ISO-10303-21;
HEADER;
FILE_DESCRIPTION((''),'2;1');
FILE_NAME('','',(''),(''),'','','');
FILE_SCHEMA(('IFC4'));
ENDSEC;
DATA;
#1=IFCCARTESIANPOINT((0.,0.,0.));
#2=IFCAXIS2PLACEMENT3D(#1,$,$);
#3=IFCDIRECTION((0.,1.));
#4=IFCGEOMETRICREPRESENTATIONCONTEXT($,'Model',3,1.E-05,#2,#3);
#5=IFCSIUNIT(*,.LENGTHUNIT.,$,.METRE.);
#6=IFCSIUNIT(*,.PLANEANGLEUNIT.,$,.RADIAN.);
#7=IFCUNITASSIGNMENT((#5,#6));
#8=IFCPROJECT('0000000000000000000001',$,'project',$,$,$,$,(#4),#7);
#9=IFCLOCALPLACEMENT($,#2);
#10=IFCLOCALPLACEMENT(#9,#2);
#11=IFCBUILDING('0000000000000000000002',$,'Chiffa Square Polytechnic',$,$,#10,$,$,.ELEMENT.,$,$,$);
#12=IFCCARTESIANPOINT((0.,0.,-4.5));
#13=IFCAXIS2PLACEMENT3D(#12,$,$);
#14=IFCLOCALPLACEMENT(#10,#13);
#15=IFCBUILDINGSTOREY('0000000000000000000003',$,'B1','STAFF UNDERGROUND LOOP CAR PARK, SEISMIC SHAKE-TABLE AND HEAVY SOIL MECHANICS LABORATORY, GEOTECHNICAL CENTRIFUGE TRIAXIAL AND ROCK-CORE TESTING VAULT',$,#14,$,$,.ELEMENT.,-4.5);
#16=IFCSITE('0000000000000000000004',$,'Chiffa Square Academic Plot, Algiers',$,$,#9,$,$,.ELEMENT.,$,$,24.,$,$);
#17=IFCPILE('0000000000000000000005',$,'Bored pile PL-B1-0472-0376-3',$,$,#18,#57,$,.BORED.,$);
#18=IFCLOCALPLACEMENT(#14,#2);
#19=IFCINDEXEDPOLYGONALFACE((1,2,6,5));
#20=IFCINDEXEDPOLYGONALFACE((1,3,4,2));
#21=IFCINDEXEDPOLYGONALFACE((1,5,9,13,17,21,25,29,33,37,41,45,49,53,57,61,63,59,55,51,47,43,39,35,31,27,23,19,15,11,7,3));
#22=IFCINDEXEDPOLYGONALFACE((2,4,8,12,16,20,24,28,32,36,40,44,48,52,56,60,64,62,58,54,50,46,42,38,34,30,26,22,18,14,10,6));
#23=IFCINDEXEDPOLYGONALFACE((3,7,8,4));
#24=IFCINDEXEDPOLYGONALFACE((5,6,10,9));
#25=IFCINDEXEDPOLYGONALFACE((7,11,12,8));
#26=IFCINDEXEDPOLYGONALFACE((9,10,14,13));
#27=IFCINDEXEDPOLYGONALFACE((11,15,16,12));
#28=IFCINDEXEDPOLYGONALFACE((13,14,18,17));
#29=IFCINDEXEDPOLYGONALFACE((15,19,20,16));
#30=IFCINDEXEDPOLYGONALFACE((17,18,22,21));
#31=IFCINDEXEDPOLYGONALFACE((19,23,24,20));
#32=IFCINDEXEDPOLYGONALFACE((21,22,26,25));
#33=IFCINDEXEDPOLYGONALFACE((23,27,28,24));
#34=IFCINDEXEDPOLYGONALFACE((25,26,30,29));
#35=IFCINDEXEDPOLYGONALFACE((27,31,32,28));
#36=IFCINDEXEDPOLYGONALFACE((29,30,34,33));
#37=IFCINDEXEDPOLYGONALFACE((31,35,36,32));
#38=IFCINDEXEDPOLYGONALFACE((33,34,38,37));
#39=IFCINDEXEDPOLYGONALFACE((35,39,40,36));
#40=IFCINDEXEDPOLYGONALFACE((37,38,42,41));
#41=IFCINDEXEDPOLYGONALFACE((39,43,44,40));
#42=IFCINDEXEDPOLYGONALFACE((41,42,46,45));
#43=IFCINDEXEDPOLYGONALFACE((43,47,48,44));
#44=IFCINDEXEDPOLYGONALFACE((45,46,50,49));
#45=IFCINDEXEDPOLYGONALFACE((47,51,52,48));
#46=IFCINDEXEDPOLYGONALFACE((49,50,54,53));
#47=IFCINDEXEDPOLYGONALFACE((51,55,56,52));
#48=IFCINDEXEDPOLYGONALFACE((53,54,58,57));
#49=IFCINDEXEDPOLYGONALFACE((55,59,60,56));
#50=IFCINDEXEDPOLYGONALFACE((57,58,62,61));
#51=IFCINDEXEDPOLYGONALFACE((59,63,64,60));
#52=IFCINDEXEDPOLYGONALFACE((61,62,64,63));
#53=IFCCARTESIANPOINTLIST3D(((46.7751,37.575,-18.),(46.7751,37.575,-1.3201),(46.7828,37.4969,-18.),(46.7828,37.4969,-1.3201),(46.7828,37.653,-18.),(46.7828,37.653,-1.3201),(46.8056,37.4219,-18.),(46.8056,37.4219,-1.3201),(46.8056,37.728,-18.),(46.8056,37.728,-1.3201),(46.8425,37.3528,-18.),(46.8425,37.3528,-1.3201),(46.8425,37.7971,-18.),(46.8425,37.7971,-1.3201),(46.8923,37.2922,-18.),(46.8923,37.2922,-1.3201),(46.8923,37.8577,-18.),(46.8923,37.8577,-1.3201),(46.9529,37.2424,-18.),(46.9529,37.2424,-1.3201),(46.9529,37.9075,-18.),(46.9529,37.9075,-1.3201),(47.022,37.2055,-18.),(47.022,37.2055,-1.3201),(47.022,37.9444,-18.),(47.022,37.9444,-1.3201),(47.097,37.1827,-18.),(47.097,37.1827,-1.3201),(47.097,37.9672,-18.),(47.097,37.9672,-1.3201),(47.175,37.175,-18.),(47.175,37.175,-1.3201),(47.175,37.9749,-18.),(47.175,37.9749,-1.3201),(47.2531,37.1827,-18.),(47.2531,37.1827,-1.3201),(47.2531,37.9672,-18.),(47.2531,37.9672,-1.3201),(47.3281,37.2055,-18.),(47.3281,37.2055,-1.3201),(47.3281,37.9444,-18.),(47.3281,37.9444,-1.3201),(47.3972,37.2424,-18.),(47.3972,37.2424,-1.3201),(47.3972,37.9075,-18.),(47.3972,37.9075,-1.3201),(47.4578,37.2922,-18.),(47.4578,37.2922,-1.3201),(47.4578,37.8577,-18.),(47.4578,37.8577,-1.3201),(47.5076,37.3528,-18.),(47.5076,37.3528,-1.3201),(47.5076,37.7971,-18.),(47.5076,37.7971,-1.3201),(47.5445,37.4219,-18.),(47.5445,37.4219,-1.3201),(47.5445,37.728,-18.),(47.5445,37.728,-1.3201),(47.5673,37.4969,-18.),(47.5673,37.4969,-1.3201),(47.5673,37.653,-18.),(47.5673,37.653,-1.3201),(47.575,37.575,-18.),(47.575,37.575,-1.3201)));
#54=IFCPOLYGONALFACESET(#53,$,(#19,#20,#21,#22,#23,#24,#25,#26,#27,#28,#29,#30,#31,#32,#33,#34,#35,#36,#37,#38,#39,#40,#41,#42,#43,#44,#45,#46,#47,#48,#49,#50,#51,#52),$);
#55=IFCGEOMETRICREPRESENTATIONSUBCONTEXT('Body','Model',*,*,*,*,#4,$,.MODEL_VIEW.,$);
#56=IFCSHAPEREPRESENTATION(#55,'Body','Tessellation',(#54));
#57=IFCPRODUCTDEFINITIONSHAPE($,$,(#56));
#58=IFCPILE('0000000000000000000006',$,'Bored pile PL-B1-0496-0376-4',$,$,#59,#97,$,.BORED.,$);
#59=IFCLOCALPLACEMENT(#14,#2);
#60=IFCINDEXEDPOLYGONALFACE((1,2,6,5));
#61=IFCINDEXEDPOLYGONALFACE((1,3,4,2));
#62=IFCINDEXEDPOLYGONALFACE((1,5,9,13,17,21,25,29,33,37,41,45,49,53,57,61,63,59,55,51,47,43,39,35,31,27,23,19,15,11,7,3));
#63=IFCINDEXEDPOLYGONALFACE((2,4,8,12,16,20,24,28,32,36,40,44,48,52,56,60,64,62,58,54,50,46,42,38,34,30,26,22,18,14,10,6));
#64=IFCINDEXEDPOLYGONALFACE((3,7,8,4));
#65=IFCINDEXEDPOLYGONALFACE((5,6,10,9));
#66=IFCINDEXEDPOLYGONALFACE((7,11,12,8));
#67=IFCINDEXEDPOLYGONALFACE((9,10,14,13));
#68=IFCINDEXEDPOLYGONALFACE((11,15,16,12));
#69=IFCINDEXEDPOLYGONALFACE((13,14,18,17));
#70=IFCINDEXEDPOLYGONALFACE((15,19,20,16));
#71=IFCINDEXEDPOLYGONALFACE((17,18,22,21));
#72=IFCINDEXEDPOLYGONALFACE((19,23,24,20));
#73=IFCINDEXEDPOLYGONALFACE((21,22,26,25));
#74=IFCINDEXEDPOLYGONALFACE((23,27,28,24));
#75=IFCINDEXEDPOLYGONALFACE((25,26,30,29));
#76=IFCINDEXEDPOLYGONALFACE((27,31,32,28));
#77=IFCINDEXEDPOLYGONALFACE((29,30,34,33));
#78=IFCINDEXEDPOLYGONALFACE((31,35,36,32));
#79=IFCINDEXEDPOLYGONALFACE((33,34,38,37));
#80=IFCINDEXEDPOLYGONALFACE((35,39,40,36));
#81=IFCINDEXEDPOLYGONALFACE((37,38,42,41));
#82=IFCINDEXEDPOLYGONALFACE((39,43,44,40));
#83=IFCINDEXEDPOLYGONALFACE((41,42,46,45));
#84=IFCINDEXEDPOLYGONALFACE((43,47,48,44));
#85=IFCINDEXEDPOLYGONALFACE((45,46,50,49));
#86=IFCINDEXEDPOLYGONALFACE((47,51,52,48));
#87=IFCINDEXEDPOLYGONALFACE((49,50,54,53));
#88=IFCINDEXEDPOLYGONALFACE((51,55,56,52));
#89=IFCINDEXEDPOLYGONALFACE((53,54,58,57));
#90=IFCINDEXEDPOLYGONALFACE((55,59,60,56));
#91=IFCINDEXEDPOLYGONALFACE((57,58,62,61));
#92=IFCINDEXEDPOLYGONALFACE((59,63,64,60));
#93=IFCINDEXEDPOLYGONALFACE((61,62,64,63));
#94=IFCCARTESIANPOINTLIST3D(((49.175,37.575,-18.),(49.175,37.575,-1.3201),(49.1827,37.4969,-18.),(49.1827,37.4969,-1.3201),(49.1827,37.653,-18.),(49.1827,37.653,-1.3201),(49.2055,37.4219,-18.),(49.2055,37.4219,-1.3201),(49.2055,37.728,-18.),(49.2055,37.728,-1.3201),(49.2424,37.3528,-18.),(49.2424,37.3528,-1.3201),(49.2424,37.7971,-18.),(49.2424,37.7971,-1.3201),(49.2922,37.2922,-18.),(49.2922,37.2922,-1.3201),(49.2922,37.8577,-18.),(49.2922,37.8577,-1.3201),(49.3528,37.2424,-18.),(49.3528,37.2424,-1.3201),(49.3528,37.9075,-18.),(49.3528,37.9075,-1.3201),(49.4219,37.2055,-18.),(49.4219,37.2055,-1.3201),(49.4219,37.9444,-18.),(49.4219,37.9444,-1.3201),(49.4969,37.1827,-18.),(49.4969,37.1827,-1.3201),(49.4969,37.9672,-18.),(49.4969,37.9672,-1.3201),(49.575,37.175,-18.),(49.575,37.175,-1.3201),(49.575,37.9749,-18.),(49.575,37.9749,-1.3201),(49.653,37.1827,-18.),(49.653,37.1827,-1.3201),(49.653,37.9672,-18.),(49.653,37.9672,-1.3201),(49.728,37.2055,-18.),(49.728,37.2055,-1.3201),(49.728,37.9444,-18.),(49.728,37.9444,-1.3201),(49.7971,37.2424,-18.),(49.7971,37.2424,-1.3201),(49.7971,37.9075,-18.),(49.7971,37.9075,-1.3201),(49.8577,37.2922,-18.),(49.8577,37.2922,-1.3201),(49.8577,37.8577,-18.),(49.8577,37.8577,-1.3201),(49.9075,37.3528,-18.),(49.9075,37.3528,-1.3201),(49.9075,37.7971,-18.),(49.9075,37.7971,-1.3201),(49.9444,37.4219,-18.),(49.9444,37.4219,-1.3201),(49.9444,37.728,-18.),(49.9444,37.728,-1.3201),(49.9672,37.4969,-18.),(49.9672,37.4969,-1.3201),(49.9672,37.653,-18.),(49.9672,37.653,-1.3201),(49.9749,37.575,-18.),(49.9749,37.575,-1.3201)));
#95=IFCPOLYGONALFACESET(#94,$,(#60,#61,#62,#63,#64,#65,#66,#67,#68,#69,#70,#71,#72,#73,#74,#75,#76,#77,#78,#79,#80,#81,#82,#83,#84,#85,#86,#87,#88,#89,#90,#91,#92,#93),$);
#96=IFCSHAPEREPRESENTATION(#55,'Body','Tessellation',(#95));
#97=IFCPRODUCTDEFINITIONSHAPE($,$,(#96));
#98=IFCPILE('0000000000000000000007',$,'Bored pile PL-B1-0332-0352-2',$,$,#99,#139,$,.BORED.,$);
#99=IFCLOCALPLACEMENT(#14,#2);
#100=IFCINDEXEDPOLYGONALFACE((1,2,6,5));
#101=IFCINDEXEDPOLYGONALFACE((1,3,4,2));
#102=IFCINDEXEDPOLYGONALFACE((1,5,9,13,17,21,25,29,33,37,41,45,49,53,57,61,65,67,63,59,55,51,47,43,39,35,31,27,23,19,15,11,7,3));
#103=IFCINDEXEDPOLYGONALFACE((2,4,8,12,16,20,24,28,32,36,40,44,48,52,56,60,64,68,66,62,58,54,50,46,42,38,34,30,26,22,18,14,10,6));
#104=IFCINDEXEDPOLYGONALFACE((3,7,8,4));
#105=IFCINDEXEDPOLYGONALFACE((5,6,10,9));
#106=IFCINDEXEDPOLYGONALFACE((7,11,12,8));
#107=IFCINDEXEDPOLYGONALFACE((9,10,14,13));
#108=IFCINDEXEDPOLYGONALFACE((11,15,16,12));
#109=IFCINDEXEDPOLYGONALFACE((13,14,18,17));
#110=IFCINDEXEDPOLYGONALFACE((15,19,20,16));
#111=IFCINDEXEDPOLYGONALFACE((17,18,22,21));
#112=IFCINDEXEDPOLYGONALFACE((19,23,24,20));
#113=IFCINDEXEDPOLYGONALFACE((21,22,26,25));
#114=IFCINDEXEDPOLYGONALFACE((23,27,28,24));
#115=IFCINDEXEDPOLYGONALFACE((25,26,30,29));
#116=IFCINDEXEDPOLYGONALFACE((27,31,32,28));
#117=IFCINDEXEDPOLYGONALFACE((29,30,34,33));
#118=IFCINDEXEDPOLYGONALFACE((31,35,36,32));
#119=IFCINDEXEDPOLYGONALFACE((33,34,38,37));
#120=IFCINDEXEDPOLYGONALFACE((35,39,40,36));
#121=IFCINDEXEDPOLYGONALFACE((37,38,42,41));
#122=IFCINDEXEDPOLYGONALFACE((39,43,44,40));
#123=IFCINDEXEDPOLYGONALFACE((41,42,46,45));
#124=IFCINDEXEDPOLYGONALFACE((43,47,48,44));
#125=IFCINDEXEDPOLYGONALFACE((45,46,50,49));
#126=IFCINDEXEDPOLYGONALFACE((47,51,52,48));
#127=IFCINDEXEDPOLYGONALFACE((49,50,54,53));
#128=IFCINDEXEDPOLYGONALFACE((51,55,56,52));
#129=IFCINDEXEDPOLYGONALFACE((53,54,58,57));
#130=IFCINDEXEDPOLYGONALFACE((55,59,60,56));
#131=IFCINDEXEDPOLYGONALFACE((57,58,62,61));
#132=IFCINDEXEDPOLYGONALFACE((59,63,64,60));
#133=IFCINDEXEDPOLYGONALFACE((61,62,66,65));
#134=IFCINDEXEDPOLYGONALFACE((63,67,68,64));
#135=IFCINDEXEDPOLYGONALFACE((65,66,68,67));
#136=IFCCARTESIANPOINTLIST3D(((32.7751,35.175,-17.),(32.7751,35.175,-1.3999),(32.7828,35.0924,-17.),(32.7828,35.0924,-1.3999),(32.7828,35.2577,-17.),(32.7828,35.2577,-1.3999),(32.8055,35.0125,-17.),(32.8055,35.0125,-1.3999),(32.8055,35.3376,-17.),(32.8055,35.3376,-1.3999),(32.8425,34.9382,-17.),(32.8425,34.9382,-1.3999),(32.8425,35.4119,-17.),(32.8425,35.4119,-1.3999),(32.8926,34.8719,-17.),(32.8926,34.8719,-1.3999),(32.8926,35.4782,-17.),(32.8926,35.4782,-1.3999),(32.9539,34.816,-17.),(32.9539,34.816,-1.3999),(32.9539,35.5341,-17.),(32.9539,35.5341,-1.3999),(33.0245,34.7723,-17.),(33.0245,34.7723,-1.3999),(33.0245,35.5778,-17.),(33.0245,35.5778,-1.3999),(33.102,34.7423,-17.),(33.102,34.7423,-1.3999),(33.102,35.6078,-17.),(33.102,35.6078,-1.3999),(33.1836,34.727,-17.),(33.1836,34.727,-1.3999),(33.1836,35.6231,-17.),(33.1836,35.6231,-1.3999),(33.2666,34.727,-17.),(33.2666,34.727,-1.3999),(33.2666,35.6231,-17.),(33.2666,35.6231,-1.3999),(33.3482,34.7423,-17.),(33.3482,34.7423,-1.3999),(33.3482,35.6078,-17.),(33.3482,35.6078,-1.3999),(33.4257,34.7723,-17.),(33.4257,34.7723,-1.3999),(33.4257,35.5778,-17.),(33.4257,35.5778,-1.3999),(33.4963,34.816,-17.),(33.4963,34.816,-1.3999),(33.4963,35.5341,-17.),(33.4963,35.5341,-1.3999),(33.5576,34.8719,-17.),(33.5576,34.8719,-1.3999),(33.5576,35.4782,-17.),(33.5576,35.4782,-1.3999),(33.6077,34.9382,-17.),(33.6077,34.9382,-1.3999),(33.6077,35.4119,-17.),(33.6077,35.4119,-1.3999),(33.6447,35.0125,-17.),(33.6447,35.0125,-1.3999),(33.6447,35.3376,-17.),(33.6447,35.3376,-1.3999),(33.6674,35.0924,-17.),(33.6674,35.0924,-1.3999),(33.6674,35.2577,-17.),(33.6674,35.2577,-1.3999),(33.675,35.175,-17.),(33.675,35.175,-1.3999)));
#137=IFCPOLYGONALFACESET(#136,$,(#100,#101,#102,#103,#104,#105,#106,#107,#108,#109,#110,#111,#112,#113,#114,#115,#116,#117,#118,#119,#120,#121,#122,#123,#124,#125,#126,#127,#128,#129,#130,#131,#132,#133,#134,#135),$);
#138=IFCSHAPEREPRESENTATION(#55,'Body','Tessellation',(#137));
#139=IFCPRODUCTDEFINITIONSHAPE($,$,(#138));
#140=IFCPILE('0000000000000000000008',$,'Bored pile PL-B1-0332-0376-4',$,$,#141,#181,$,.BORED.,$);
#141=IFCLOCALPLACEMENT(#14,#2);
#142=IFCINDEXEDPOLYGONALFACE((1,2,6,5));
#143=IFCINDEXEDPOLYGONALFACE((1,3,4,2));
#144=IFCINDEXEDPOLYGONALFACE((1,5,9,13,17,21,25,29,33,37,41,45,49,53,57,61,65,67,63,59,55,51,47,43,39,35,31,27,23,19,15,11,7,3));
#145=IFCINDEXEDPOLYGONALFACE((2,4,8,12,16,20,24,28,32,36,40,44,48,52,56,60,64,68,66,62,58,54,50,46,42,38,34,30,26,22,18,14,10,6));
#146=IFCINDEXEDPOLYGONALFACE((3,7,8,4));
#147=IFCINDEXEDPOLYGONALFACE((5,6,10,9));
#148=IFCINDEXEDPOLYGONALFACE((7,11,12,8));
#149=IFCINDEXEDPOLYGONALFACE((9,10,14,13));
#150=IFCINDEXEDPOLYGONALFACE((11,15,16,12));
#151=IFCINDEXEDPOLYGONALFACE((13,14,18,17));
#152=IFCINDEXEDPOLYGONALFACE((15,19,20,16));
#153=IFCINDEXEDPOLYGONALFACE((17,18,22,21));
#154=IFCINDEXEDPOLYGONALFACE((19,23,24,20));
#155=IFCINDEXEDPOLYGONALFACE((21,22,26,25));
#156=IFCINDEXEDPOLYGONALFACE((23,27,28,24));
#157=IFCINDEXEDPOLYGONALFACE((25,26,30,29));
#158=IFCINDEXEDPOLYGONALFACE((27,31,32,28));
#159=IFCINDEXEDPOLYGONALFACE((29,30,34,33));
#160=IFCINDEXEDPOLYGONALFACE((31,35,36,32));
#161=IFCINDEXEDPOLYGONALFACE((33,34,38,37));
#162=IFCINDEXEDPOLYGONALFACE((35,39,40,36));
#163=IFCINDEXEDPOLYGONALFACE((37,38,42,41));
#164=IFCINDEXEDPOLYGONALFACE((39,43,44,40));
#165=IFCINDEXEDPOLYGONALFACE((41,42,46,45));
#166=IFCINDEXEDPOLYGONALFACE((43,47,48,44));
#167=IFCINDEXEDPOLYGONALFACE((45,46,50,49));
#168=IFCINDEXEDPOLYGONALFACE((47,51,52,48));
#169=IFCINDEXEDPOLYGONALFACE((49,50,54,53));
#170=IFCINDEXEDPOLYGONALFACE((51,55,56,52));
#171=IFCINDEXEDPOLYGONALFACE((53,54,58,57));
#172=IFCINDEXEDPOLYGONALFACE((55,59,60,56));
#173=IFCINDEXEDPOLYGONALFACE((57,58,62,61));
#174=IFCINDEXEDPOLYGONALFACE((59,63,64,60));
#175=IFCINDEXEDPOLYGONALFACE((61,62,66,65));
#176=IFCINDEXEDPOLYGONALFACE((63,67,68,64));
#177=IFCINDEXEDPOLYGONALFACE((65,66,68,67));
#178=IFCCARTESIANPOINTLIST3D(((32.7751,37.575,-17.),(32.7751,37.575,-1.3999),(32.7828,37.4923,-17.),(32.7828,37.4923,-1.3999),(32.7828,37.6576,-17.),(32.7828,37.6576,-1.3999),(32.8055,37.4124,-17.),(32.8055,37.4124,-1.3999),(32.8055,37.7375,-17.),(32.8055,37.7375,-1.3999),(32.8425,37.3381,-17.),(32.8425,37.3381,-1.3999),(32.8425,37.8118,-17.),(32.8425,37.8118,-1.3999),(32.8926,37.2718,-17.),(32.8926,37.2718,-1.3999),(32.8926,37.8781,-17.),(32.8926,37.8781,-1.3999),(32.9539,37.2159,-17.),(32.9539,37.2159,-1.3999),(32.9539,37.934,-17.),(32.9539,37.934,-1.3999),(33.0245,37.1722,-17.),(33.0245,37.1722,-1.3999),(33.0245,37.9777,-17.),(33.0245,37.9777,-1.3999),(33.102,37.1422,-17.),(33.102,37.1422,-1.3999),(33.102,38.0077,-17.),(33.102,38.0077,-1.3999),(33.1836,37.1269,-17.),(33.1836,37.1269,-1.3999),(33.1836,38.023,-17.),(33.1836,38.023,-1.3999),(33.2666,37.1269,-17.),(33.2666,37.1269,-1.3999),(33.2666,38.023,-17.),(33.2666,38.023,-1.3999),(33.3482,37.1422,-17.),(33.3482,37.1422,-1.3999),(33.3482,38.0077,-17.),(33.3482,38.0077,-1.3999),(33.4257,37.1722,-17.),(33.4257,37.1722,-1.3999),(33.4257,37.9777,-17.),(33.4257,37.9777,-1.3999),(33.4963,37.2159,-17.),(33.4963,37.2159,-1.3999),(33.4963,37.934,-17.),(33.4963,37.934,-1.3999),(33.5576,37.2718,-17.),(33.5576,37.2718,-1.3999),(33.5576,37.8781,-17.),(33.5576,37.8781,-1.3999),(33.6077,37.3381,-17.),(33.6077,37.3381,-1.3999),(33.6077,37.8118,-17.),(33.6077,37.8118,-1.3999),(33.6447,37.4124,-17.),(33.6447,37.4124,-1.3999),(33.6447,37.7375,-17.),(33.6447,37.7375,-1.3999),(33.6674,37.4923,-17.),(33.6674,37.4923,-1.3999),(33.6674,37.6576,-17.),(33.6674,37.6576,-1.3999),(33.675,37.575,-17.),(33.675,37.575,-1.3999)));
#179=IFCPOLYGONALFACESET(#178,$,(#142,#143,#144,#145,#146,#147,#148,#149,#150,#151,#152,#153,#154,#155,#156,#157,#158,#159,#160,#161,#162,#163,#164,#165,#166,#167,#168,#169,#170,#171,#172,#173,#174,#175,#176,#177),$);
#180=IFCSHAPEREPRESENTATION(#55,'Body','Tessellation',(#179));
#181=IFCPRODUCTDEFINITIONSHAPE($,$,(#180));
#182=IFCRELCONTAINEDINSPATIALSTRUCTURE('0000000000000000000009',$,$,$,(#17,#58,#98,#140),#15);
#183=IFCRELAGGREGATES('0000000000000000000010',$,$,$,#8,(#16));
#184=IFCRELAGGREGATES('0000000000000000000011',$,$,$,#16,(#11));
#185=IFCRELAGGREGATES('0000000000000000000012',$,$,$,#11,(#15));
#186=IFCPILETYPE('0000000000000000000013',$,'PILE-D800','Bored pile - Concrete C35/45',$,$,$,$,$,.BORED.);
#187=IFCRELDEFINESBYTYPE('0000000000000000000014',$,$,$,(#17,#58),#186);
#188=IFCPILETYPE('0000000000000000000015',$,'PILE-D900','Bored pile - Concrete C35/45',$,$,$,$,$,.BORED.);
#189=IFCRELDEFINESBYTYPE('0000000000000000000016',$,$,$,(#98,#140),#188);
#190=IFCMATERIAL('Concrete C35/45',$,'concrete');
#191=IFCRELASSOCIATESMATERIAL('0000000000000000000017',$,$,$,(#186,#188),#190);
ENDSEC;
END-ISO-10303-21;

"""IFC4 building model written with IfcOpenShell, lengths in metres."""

from ifc_helpers import new_model, si_unit, direction, frame, origin, origin_2d, place, context, subcontext, project, spatial, circle, extrude, material, material_profile, profile_set, type_object, element, save


model = new_model("IFC4")

# Units and contexts
model_context = context("Model", 3, precision=1e-05, world=origin(), true_north=direction((0.0, 1.0)))
body_context = subcontext(model_context, "Body", "Model", "MODEL_VIEW")
ifc_project = project(units=[si_unit("LENGTHUNIT", "METRE"), si_unit("PLANEANGLEUNIT", "RADIAN")], contexts=[model_context])

# Site, building, storey
site_placement = place(None, origin())
site = spatial("IfcSite", under=ifc_project, at=site_placement, Name="Chiffa Square Academic Plot, Algiers", CompositionType="ELEMENT", RefElevation=24.0)
building_placement = place(site_placement, origin())
building = spatial("IfcBuilding", under=site, at=building_placement, Name="Chiffa Square Polytechnic", CompositionType="ELEMENT")
storey_placement = place(building_placement, frame((0.0, 0.0, -4.5)))
storey = spatial("IfcBuildingStorey", under=building, at=storey_placement, Name="B1", Description="STAFF UNDERGROUND LOOP CAR PARK, SEISMIC SHAKE-TABLE AND HEAVY SOIL MECHANICS LABORATORY, GEOTECHNICAL CENTRIFUGE TRIAXIAL AND ROCK-CORE TESTING VAULT", CompositionType="ELEMENT", Elevation=-4.5)

# Shared definitions
ifc_material = material(Name="Concrete C35/45", Category="concrete")

# Piles
ifc_material_profile_1 = material_profile(ifc_material, circle(Radius=0.3999, at=origin_2d()), Name="PILE D800")
ifc_profile_set_1 = profile_set([ifc_material_profile_1], Name="Concrete C35/45")
pile_type_1 = type_object("IfcPileType", Name="PILE-D800", Description="Bored pile - Concrete C35/45", PredefinedType="BORED", material=ifc_profile_set_1)
for number, where, z_axis, x_axis, name in (
    (1, (47.175, 37.575, -1.3201), (0.0, 0.0, -1.0), (1.0, 0.0, 0.0), "Bored pile PL-B1-0472-0376-3"),
    (2, (49.575, 37.575, -1.3201), (0.0, 0.0, -1.0), (1.0, 0.0, 0.0), "Bored pile PL-B1-0496-0376-4"),
):
    element("IfcPile", number, at=place(storey_placement, frame(where, z_axis=z_axis, x_axis=x_axis)), inside=storey, type_object=pile_type_1, Name=name, PredefinedType="BORED", context=body_context, shape_type="SweptSolid", body=[
        extrude(circle(Radius=0.3999, at=origin_2d()), origin(), (0.0, 0.0, 1.0), 16.6799),
    ])
ifc_material_profile_2 = material_profile(ifc_material, circle(Radius=0.45, at=origin_2d()), Name="PILE D900")
ifc_profile_set_2 = profile_set([ifc_material_profile_2], Name="Concrete C35/45")
pile_type_2 = type_object("IfcPileType", Name="PILE-D900", Description="Bored pile - Concrete C35/45", PredefinedType="BORED", material=ifc_profile_set_2)
for number, where, z_axis, x_axis, name in (
    (3, (33.2251, 35.175, -1.3999), (0.0, 0.0, -1.0), (1.0, 0.0, 0.0), "Bored pile PL-B1-0332-0352-2"),
    (4, (33.2251, 37.575, -1.3999), (0.0, 0.0, -1.0), (1.0, 0.0, 0.0), "Bored pile PL-B1-0332-0376-4"),
):
    element("IfcPile", number, at=place(storey_placement, frame(where, z_axis=z_axis, x_axis=x_axis)), inside=storey, type_object=pile_type_2, Name=name, PredefinedType="BORED", context=body_context, shape_type="SweptSolid", body=[
        extrude(circle(Radius=0.45, at=origin_2d()), origin(), (0.0, 0.0, 1.0), 15.6001),
    ])

save(model, "model.ifc")
